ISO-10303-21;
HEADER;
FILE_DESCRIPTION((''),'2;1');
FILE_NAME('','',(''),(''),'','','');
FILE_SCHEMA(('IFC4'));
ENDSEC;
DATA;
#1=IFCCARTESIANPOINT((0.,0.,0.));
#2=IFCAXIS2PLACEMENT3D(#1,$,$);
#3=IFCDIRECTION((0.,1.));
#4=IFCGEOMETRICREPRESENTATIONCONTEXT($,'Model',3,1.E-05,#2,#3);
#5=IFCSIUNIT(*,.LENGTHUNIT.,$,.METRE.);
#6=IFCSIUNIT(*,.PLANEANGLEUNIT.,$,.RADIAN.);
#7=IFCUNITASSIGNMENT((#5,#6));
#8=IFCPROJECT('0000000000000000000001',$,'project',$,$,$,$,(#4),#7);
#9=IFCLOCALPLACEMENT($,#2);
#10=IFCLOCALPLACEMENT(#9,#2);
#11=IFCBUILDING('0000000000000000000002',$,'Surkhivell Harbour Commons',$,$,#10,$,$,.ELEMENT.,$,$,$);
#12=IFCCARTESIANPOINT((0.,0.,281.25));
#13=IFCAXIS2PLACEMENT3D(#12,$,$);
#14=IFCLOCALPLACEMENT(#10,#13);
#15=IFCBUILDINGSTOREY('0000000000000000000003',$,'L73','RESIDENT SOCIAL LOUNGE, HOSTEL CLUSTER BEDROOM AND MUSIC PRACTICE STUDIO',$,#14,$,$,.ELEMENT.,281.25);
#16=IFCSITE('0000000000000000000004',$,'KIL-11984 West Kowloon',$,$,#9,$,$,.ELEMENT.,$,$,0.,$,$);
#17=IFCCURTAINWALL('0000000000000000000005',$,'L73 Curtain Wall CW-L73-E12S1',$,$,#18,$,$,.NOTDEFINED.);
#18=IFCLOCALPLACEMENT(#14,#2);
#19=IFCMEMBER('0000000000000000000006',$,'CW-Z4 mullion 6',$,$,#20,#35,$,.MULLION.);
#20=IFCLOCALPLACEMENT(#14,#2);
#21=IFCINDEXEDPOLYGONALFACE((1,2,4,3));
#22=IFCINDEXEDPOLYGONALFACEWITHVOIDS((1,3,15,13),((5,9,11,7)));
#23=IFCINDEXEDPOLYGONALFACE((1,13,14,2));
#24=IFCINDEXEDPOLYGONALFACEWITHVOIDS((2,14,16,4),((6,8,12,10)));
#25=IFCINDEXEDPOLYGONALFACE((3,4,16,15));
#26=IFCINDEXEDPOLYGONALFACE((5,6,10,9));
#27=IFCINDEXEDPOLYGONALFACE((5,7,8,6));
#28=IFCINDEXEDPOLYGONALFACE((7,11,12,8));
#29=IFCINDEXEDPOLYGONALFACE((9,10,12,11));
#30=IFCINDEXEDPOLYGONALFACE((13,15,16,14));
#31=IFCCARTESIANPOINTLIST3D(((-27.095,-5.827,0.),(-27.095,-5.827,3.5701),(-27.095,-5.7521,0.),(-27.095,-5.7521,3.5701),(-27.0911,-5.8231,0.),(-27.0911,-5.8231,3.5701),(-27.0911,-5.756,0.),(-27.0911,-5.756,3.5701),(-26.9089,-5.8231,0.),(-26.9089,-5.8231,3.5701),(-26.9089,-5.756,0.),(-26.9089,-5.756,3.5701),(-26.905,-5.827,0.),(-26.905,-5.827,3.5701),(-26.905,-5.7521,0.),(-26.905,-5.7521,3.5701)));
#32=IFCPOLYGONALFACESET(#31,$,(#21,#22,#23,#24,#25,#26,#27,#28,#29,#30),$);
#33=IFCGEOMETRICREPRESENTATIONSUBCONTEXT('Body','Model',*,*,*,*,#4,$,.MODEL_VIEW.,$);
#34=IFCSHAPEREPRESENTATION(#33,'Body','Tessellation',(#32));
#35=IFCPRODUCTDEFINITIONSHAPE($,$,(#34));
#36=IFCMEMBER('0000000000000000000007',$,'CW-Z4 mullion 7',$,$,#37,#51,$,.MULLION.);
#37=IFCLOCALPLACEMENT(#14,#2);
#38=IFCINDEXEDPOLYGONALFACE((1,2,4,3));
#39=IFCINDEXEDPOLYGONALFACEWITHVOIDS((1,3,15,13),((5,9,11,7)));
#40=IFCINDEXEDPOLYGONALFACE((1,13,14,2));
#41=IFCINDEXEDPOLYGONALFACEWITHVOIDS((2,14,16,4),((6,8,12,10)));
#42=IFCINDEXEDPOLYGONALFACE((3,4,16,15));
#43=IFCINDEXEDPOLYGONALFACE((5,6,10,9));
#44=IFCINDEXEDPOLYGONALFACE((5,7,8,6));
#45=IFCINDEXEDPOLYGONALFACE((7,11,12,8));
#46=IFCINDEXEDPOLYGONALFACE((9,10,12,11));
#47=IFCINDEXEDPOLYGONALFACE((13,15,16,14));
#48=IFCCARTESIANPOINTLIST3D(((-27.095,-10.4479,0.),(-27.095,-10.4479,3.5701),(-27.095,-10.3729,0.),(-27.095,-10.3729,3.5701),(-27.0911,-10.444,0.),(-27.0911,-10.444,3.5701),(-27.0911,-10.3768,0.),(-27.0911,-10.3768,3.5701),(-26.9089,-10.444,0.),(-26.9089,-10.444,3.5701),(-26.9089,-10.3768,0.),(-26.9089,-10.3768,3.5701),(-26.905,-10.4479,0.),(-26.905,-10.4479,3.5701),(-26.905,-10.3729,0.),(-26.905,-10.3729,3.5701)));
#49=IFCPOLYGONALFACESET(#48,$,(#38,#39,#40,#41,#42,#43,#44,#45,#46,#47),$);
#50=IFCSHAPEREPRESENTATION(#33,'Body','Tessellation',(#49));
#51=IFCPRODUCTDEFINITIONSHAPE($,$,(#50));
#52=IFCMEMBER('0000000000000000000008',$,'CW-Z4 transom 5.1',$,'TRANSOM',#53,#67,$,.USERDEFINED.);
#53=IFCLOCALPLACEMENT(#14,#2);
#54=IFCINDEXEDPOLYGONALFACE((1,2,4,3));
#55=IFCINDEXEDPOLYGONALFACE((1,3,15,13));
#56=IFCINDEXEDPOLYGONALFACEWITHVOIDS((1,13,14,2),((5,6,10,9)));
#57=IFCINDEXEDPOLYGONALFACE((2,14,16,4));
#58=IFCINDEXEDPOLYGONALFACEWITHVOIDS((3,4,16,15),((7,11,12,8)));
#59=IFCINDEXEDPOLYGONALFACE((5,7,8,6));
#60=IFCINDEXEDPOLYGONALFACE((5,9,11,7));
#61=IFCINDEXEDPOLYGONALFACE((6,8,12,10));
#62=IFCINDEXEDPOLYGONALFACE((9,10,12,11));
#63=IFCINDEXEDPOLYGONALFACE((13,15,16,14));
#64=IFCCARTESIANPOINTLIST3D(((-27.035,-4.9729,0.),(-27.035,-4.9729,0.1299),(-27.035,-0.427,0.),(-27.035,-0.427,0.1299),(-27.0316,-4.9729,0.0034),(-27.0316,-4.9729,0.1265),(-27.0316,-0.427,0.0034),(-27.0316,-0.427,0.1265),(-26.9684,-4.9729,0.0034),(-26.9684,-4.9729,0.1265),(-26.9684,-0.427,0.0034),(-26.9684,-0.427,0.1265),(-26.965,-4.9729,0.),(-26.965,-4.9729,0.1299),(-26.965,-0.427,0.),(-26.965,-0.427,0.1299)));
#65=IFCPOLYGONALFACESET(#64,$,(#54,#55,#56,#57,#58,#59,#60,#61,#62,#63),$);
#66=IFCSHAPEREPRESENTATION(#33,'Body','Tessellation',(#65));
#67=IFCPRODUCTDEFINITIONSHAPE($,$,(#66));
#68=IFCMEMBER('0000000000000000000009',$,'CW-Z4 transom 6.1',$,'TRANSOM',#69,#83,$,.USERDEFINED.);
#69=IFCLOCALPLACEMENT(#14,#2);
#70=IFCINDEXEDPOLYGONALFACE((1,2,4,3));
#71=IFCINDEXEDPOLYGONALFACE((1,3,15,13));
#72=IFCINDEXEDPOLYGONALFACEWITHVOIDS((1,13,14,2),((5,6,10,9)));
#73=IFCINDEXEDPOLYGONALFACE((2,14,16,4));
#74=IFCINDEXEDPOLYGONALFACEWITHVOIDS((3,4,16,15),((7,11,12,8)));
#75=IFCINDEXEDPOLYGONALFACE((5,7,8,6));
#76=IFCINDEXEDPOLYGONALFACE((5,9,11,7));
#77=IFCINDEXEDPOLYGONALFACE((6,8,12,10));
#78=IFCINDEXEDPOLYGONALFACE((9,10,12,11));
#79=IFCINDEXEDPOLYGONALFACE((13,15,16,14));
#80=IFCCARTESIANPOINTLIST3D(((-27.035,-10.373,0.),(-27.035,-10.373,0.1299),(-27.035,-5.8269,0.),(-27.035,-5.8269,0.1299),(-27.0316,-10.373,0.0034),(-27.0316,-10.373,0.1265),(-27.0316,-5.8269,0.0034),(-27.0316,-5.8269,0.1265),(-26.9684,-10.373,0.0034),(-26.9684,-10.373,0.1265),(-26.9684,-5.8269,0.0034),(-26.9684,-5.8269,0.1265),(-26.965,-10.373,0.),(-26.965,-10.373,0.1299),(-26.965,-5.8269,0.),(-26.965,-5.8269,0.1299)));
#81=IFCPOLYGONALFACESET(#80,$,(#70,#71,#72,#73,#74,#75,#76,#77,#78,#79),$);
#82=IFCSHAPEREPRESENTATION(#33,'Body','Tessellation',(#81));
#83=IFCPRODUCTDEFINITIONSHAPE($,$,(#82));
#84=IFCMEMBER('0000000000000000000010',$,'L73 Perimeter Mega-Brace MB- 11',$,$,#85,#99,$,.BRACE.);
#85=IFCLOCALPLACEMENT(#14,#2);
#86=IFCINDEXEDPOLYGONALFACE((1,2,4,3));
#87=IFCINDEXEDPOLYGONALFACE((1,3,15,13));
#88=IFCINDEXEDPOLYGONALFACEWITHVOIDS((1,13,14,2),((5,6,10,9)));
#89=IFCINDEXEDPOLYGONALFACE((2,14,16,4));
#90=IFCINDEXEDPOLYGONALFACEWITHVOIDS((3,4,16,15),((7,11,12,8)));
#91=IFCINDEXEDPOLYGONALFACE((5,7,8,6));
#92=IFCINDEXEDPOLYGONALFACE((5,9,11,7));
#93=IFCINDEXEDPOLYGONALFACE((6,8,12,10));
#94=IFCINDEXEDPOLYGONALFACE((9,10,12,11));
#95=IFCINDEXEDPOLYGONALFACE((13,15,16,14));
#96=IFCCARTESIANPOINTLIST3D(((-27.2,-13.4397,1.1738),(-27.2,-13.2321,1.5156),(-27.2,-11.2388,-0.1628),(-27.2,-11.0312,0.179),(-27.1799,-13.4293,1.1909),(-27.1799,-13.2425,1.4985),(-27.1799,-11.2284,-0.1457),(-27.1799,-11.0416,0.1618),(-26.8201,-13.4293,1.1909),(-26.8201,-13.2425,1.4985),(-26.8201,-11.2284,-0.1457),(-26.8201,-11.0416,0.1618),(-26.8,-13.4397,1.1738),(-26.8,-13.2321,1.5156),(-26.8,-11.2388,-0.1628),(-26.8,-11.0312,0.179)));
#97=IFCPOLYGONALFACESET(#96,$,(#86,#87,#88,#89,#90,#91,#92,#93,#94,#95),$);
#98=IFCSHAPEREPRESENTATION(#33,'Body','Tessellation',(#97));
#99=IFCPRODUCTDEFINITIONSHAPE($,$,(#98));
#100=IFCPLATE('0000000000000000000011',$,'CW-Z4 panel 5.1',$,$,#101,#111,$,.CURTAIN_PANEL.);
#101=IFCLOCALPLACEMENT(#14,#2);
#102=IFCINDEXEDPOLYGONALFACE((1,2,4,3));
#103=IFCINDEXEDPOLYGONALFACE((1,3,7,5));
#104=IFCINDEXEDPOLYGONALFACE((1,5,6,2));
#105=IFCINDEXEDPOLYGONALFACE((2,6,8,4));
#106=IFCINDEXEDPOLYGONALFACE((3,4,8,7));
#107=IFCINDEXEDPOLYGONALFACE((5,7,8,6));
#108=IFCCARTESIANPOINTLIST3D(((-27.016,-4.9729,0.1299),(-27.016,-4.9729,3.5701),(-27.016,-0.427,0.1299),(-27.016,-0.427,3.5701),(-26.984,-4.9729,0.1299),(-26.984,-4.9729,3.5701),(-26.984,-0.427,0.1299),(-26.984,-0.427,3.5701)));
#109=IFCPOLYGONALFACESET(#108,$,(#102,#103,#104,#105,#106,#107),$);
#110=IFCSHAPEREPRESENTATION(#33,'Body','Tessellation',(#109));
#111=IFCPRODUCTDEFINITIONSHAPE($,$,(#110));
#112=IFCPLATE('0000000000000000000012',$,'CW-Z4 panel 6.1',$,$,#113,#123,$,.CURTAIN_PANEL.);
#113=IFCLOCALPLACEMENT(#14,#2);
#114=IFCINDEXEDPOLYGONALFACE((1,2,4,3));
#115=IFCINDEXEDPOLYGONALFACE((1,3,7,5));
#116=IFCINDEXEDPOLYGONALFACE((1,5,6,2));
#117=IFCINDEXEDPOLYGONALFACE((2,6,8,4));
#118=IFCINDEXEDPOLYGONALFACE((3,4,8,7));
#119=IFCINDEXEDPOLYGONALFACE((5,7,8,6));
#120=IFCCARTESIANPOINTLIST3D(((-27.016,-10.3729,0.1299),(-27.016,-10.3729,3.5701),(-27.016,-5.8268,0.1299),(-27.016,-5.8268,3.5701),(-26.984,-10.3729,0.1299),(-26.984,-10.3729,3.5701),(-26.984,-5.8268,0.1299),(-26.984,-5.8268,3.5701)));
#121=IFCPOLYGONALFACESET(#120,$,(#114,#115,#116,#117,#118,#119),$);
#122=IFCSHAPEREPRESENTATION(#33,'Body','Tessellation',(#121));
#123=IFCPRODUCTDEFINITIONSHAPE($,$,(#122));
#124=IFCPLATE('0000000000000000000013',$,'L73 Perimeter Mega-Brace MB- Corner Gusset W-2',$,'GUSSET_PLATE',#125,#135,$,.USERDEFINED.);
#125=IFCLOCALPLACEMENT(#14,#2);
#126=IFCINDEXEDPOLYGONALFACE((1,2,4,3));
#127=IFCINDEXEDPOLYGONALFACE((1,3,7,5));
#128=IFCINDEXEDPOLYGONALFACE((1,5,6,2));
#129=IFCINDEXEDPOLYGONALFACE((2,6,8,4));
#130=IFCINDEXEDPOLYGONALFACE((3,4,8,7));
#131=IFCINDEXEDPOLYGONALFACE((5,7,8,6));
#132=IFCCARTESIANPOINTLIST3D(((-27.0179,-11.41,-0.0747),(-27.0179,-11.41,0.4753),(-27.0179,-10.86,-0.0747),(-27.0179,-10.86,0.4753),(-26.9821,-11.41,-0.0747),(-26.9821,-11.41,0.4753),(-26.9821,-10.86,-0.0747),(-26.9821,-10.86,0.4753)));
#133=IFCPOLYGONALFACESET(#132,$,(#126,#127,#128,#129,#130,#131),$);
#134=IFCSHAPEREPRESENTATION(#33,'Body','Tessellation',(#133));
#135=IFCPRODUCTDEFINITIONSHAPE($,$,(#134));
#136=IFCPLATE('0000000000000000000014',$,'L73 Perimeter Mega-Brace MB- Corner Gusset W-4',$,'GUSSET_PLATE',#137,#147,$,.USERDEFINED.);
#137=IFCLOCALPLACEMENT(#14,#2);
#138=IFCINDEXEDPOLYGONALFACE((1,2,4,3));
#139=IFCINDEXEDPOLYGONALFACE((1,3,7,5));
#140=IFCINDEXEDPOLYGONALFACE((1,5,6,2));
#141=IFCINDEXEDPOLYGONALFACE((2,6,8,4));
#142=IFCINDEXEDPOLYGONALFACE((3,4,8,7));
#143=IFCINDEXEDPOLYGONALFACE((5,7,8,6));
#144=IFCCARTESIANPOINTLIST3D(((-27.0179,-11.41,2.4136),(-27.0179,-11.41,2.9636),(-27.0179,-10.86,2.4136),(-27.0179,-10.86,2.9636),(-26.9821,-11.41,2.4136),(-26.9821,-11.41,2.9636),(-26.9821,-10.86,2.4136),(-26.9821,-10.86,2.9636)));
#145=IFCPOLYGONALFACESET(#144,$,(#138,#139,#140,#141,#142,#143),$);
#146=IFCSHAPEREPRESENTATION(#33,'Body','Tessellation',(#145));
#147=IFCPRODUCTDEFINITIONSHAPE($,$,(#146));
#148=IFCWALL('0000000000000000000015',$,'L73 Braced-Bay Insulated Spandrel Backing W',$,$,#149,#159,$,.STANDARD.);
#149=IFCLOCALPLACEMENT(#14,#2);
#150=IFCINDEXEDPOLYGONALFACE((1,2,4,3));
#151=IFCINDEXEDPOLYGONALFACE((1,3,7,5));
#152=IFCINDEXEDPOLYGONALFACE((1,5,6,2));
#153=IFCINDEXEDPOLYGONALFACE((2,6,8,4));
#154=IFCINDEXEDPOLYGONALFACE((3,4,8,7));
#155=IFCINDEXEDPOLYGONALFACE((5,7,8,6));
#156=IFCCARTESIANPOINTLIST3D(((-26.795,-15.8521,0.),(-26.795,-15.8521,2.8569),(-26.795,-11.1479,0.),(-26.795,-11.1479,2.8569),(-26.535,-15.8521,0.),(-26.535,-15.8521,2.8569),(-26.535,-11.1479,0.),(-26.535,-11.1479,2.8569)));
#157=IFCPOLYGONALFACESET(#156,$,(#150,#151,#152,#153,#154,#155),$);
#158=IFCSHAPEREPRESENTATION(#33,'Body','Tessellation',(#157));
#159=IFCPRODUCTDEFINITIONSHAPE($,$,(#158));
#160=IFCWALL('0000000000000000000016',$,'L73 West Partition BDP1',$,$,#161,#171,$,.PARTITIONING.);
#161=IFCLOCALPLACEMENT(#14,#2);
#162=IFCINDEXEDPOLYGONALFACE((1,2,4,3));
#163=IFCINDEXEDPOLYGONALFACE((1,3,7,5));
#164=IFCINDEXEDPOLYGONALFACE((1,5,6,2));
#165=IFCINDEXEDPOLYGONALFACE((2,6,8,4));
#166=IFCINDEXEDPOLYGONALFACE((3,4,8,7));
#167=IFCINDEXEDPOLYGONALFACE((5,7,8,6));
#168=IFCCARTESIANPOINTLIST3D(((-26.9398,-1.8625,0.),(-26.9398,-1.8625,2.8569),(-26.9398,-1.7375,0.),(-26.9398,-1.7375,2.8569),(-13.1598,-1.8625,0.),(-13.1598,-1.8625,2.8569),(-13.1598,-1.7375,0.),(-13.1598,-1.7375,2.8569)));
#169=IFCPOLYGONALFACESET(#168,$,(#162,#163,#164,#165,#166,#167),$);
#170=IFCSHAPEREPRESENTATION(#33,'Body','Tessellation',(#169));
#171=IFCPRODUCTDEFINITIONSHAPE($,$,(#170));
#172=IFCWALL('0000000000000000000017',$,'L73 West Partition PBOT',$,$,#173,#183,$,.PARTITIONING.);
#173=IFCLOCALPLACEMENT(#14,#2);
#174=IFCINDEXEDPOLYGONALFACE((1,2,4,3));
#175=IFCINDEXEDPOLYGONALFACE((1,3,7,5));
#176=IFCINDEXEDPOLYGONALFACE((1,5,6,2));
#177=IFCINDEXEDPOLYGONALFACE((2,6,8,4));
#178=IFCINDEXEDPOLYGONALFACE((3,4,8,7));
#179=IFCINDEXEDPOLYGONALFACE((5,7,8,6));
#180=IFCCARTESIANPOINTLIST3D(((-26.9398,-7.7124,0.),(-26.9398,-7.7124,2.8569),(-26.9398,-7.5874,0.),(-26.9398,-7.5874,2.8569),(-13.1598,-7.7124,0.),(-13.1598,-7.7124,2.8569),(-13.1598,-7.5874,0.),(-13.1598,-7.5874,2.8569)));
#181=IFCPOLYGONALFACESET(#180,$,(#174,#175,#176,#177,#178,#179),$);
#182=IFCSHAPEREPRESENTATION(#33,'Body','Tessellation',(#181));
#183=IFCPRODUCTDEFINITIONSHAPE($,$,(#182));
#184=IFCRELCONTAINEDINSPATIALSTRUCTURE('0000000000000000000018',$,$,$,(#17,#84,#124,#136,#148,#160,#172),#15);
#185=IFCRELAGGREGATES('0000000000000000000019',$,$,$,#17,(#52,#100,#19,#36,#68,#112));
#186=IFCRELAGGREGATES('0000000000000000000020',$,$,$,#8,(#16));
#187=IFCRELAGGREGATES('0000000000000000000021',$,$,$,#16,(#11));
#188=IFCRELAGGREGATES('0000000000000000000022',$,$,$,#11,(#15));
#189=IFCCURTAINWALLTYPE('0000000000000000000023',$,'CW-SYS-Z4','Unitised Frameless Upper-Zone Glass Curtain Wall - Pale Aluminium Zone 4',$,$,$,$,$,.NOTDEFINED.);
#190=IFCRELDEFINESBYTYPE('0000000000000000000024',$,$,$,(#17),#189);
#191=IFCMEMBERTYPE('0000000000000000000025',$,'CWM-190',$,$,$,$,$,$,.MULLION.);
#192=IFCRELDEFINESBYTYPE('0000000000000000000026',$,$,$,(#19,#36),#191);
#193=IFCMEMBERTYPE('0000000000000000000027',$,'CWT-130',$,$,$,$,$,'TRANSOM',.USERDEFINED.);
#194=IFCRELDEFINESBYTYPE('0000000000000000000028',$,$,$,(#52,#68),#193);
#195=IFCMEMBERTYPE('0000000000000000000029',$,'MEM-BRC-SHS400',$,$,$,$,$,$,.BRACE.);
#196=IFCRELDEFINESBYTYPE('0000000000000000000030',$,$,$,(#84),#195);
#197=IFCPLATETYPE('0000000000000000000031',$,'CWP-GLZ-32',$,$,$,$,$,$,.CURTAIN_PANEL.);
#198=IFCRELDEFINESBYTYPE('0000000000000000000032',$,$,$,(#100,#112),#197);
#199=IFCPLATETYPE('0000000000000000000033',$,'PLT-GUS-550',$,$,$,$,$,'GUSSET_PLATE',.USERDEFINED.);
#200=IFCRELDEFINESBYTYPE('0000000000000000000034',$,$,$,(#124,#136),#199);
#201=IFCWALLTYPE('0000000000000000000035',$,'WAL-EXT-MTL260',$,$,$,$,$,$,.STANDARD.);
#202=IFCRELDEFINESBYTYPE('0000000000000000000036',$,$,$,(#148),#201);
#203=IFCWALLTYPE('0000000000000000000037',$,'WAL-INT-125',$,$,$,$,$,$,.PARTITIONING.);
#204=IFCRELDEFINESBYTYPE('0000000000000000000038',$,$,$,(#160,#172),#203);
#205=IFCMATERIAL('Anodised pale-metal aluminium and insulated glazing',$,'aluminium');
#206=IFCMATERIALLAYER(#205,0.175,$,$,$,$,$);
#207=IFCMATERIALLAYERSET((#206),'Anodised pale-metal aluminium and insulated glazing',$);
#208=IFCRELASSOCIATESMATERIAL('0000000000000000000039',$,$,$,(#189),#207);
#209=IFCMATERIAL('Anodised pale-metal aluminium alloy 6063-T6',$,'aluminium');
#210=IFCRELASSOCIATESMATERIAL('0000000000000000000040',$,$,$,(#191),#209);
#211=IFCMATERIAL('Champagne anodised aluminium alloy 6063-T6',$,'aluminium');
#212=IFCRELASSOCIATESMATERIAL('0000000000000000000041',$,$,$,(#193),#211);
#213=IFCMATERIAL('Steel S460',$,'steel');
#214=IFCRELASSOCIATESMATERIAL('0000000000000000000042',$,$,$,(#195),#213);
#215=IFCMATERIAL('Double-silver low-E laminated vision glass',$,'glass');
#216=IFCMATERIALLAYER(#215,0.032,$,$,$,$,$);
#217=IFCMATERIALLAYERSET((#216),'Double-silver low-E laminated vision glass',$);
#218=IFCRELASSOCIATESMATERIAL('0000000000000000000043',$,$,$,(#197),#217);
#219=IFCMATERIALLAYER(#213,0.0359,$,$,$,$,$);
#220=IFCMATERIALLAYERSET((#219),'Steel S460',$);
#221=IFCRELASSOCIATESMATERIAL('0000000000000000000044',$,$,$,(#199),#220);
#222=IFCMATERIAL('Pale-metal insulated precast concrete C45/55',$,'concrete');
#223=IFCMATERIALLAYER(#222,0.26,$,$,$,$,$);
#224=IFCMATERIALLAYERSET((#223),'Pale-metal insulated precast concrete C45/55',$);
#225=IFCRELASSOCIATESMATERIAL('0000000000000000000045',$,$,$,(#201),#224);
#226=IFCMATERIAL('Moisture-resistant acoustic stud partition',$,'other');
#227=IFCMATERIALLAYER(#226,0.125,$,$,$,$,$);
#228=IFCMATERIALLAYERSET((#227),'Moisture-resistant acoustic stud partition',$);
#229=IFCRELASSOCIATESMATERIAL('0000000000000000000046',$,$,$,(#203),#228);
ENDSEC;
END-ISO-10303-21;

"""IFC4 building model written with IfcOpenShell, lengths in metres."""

from ifc_helpers import new_model, si_unit, direction, frame, frame_2d, origin, origin_2d, place, context, subcontext, project, spatial, rectangle, hollow_rectangle, extrude, material, layer, layer_set, material_profile, profile_set, type_object, element, aggregate, save


model = new_model("IFC4")

# Units and contexts
model_context = context("Model", 3, precision=1e-05, world=origin(), true_north=direction((0.0, 1.0)))
body_context = subcontext(model_context, "Body", "Model", "MODEL_VIEW")
ifc_project = project(units=[si_unit("LENGTHUNIT", "METRE"), si_unit("PLANEANGLEUNIT", "RADIAN")], contexts=[model_context])

# Site, building, storey
site_placement = place(None, origin())
site = spatial("IfcSite", under=ifc_project, at=site_placement, Name="KIL-11984 West Kowloon", CompositionType="ELEMENT", RefElevation=0.0)
building_placement = place(site_placement, origin())
building = spatial("IfcBuilding", under=site, at=building_placement, Name="Surkhivell Harbour Commons", CompositionType="ELEMENT")
storey_placement = place(building_placement, frame((0.0, 0.0, 281.25)))
storey = spatial("IfcBuildingStorey", under=building, at=storey_placement, Name="L73", Description="RESIDENT SOCIAL LOUNGE, HOSTEL CLUSTER BEDROOM AND MUSIC PRACTICE STUDIO", CompositionType="ELEMENT", Elevation=281.25)

# Curtain wall, members
ifc_material_1 = material(Name="Anodised pale-metal aluminium and insulated glazing", Category="aluminium")
ifc_layer_1 = layer(ifc_material_1, 0.175)
ifc_layer_set_1 = layer_set([ifc_layer_1], Name="Anodised pale-metal aluminium and insulated glazing")
curtain_wall_type = type_object("IfcCurtainWallType", Name="CW-SYS-Z4", Description="Unitised Frameless Upper-Zone Glass Curtain Wall - Pale Aluminium Zone 4", PredefinedType="NOTDEFINED", material=ifc_layer_set_1)
curtain_wall_placement = place(storey_placement, origin())
curtain_wall = element("IfcCurtainWall", 1, at=curtain_wall_placement, inside=storey, type_object=curtain_wall_type, Name="L73 Curtain Wall CW-L73-E12S1", PredefinedType="NOTDEFINED")
ifc_material_2 = material(Name="Anodised pale-metal aluminium alloy 6063-T6", Category="aluminium")
ifc_material_profile_1 = material_profile(ifc_material_2, hollow_rectangle(XDim=0.075, YDim=0.1899, WallThickness=0.0039, at=origin_2d()), Name="ALU-MULL-75x190")
ifc_profile_set_1 = profile_set([ifc_material_profile_1], Name="Anodised pale-metal aluminium alloy 6063-T6")
member_type_1 = type_object("IfcMemberType", Name="CWM-190", PredefinedType="MULLION", material=ifc_profile_set_1)
member_1_placement = place(storey_placement, frame((-27.0, -5.7896, 0.0), z_axis=(0.0, 0.0, 1.0), x_axis=(0.0, -1.0, 0.0)))
member_1 = element("IfcMember", 2, at=member_1_placement, type_object=member_type_1, Name="CW-Z4 mullion 6", PredefinedType="MULLION", context=body_context, shape_type="SweptSolid", body=[
    extrude(hollow_rectangle(XDim=0.075, YDim=0.1899, WallThickness=0.0039, at=origin_2d()), origin(), (0.0, 0.0, 1.0), 3.5701),
])
member_2_placement = place(storey_placement, frame((-27.0, -10.4104, 0.0), z_axis=(0.0, 0.0, 1.0), x_axis=(0.0, -1.0, 0.0)))
member_2 = element("IfcMember", 3, at=member_2_placement, type_object=member_type_1, Name="CW-Z4 mullion 7", PredefinedType="MULLION", context=body_context, shape_type="SweptSolid", body=[
    extrude(hollow_rectangle(XDim=0.075, YDim=0.1899, WallThickness=0.0039, at=origin_2d()), origin(), (0.0, 0.0, 1.0), 3.5701),
])
ifc_material_3 = material(Name="Champagne anodised aluminium alloy 6063-T6", Category="aluminium")
ifc_material_profile_2 = material_profile(ifc_material_3, hollow_rectangle(XDim=0.0701, YDim=0.1299, WallThickness=0.0034, at=origin_2d()), Name="ALU-TRAN-70x130")
ifc_profile_set_2 = profile_set([ifc_material_profile_2], Name="Champagne anodised aluminium alloy 6063-T6")
member_type_2 = type_object("IfcMemberType", Name="CWT-130", ElementType="TRANSOM", PredefinedType="USERDEFINED", material=ifc_profile_set_2)
member_3_placement = place(storey_placement, frame((-27.0, -0.427, 0.0649), z_axis=(0.0, -1.0, 0.0), x_axis=(1.0, 0.0, 0.0)))
member_3 = element("IfcMember", 4, at=member_3_placement, type_object=member_type_2, Name="CW-Z4 transom 5.1", ObjectType="TRANSOM", PredefinedType="USERDEFINED", context=body_context, shape_type="SweptSolid", body=[
    extrude(hollow_rectangle(XDim=0.0701, YDim=0.1299, WallThickness=0.0034, at=origin_2d()), origin(), (0.0, 0.0, 1.0), 4.5459),
])
member_4_placement = place(storey_placement, frame((-27.0, -5.8269, 0.0649), z_axis=(0.0, -1.0, 0.0), x_axis=(1.0, 0.0, 0.0)))
member_4 = element("IfcMember", 5, at=member_4_placement, type_object=member_type_2, Name="CW-Z4 transom 6.1", ObjectType="TRANSOM", PredefinedType="USERDEFINED", context=body_context, shape_type="SweptSolid", body=[
    extrude(hollow_rectangle(XDim=0.0701, YDim=0.1299, WallThickness=0.0034, at=origin_2d()), origin(), (0.0, 0.0, 1.0), 4.5461),
])

# Member
ifc_material_4 = material(Name="Steel S460", Category="steel")
ifc_material_profile_3 = material_profile(ifc_material_4, hollow_rectangle(XDim=0.3999, YDim=0.3999, WallThickness=0.02, at=origin_2d()), Name="SHS400x400x20")
ifc_profile_set_3 = profile_set([ifc_material_profile_3], Name="Steel S460")
member_type_3 = type_object("IfcMemberType", Name="MEM-BRC-SHS400", PredefinedType="BRACE", material=ifc_profile_set_3)
member_5_placement = place(storey_placement, frame((-27.0, -11.135, 0.0081), z_axis=(0.0, -0.85472, 0.519089), x_axis=(1.0, 0.0, 0.0)))
element("IfcMember", 6, at=member_5_placement, inside=storey, type_object=member_type_3, Name="L73 Perimeter Mega-Brace MB- 11", PredefinedType="BRACE", context=body_context, shape_type="SweptSolid", body=[
    extrude(hollow_rectangle(XDim=0.3999, YDim=0.3999, WallThickness=0.02, at=origin_2d()), origin(), (0.0, 0.0, 1.0), 2.575),
])

# Plates
ifc_material_5 = material(Name="Double-silver low-E laminated vision glass", Category="glass")
ifc_layer_2 = layer(ifc_material_5, 0.032)
ifc_layer_set_2 = layer_set([ifc_layer_2], Name="Double-silver low-E laminated vision glass")
plate_type_1 = type_object("IfcPlateType", Name="CWP-GLZ-32", PredefinedType="CURTAIN_PANEL", material=ifc_layer_set_2)
plate_1_placement = place(storey_placement, frame((-27.0, -0.427, 0.1299), z_axis=(0.0, 0.0, 1.0), x_axis=(0.0, -1.0, 0.0)))
plate_1 = element("IfcPlate", 7, at=plate_1_placement, type_object=plate_type_1, Name="CW-Z4 panel 5.1", PredefinedType="CURTAIN_PANEL", context=body_context, shape_type="SweptSolid", body=[
    extrude(rectangle(XDim=4.5459, YDim=0.032, at=frame_2d((2.2729, 0.0))), origin(), (0.0, 0.0, 1.0), 3.4402),
])
plate_2_placement = place(storey_placement, frame((-27.0, -5.8269, 0.1299), z_axis=(0.0, 0.0, 1.0), x_axis=(0.0, -1.0, 0.0)))
plate_2 = element("IfcPlate", 8, at=plate_2_placement, type_object=plate_type_1, Name="CW-Z4 panel 6.1", PredefinedType="CURTAIN_PANEL", context=body_context, shape_type="SweptSolid", body=[
    extrude(rectangle(XDim=4.5461, YDim=0.032, at=frame_2d((2.2729, 0.0))), origin(), (0.0, 0.0, 1.0), 3.4402),
])
aggregate(curtain_wall, [member_3, plate_1, member_1, member_2, member_4, plate_2])

# Plates
ifc_layer_3 = layer(ifc_material_4, 0.0359)
ifc_layer_set_3 = layer_set([ifc_layer_3], Name="Steel S460")
plate_type_2 = type_object("IfcPlateType", Name="PLT-GUS-550", ElementType="GUSSET_PLATE", PredefinedType="USERDEFINED", material=ifc_layer_set_3)
for number, where, z_axis, x_axis, name in (
    (9, (-27.0, -11.135, -0.0747), (0.0, 0.0, 1.0), (0.0, 1.0, 0.0), "L73 Perimeter Mega-Brace MB- Corner Gusset W-2"),
    (10, (-27.0, -11.135, 2.4136), (0.0, 0.0, 1.0), (0.0, 1.0, 0.0), "L73 Perimeter Mega-Brace MB- Corner Gusset W-4"),
):
    element("IfcPlate", number, at=place(storey_placement, frame(where, z_axis=z_axis, x_axis=x_axis)), inside=storey, type_object=plate_type_2, Name=name, ObjectType="GUSSET_PLATE", PredefinedType="USERDEFINED", context=body_context, shape_type="SweptSolid", body=[
        extrude(rectangle(XDim=0.55, YDim=0.0359, at=origin_2d()), origin(), (0.0, 0.0, 1.0), 0.55),
    ])

# Walls
ifc_material_6 = material(Name="Pale-metal insulated precast concrete C45/55", Category="concrete")
ifc_layer_4 = layer(ifc_material_6, 0.26)
ifc_layer_set_4 = layer_set([ifc_layer_4], Name="Pale-metal insulated precast concrete C45/55")
wall_type_1 = type_object("IfcWallType", Name="WAL-EXT-MTL260", PredefinedType="STANDARD", material=ifc_layer_set_4)
wall_placement = place(storey_placement, frame((-26.665, -11.1479, 0.0), z_axis=(0.0, 0.0, 1.0), x_axis=(0.0, -1.0, 0.0)))
element("IfcWall", 11, at=wall_placement, inside=storey, type_object=wall_type_1, Name="L73 Braced-Bay Insulated Spandrel Backing W", PredefinedType="STANDARD", context=body_context, shape_type="SweptSolid", body=[
    extrude(rectangle(XDim=4.7041, YDim=0.26, at=frame_2d((2.3521, 0.0))), origin(), (0.0, 0.0, 1.0), 2.8569),
])
ifc_material_7 = material(Name="Moisture-resistant acoustic stud partition", Category="other")
ifc_layer_5 = layer(ifc_material_7, 0.125)
ifc_layer_set_5 = layer_set([ifc_layer_5], Name="Moisture-resistant acoustic stud partition")
wall_type_2 = type_object("IfcWallType", Name="WAL-INT-125", PredefinedType="PARTITIONING", material=ifc_layer_set_5)
for number, where, z_axis, x_axis, name in (
    (12, (-26.9399, -1.8, 0.0), (0.0, 0.0, 1.0), (1.0, 0.0, 0.0), "L73 West Partition BDP1"),
    (13, (-26.9399, -7.6499, 0.0), (0.0, 0.0, 1.0), (1.0, 0.0, 0.0), "L73 West Partition PBOT"),
):
    element("IfcWall", number, at=place(storey_placement, frame(where, z_axis=z_axis, x_axis=x_axis)), inside=storey, type_object=wall_type_2, Name=name, PredefinedType="PARTITIONING", context=body_context, shape_type="SweptSolid", body=[
        extrude(rectangle(XDim=13.78, YDim=0.125, at=frame_2d((6.8901, 0.0))), origin(), (0.0, 0.0, 1.0), 2.8569),
    ])

save(model, "model.ifc")
